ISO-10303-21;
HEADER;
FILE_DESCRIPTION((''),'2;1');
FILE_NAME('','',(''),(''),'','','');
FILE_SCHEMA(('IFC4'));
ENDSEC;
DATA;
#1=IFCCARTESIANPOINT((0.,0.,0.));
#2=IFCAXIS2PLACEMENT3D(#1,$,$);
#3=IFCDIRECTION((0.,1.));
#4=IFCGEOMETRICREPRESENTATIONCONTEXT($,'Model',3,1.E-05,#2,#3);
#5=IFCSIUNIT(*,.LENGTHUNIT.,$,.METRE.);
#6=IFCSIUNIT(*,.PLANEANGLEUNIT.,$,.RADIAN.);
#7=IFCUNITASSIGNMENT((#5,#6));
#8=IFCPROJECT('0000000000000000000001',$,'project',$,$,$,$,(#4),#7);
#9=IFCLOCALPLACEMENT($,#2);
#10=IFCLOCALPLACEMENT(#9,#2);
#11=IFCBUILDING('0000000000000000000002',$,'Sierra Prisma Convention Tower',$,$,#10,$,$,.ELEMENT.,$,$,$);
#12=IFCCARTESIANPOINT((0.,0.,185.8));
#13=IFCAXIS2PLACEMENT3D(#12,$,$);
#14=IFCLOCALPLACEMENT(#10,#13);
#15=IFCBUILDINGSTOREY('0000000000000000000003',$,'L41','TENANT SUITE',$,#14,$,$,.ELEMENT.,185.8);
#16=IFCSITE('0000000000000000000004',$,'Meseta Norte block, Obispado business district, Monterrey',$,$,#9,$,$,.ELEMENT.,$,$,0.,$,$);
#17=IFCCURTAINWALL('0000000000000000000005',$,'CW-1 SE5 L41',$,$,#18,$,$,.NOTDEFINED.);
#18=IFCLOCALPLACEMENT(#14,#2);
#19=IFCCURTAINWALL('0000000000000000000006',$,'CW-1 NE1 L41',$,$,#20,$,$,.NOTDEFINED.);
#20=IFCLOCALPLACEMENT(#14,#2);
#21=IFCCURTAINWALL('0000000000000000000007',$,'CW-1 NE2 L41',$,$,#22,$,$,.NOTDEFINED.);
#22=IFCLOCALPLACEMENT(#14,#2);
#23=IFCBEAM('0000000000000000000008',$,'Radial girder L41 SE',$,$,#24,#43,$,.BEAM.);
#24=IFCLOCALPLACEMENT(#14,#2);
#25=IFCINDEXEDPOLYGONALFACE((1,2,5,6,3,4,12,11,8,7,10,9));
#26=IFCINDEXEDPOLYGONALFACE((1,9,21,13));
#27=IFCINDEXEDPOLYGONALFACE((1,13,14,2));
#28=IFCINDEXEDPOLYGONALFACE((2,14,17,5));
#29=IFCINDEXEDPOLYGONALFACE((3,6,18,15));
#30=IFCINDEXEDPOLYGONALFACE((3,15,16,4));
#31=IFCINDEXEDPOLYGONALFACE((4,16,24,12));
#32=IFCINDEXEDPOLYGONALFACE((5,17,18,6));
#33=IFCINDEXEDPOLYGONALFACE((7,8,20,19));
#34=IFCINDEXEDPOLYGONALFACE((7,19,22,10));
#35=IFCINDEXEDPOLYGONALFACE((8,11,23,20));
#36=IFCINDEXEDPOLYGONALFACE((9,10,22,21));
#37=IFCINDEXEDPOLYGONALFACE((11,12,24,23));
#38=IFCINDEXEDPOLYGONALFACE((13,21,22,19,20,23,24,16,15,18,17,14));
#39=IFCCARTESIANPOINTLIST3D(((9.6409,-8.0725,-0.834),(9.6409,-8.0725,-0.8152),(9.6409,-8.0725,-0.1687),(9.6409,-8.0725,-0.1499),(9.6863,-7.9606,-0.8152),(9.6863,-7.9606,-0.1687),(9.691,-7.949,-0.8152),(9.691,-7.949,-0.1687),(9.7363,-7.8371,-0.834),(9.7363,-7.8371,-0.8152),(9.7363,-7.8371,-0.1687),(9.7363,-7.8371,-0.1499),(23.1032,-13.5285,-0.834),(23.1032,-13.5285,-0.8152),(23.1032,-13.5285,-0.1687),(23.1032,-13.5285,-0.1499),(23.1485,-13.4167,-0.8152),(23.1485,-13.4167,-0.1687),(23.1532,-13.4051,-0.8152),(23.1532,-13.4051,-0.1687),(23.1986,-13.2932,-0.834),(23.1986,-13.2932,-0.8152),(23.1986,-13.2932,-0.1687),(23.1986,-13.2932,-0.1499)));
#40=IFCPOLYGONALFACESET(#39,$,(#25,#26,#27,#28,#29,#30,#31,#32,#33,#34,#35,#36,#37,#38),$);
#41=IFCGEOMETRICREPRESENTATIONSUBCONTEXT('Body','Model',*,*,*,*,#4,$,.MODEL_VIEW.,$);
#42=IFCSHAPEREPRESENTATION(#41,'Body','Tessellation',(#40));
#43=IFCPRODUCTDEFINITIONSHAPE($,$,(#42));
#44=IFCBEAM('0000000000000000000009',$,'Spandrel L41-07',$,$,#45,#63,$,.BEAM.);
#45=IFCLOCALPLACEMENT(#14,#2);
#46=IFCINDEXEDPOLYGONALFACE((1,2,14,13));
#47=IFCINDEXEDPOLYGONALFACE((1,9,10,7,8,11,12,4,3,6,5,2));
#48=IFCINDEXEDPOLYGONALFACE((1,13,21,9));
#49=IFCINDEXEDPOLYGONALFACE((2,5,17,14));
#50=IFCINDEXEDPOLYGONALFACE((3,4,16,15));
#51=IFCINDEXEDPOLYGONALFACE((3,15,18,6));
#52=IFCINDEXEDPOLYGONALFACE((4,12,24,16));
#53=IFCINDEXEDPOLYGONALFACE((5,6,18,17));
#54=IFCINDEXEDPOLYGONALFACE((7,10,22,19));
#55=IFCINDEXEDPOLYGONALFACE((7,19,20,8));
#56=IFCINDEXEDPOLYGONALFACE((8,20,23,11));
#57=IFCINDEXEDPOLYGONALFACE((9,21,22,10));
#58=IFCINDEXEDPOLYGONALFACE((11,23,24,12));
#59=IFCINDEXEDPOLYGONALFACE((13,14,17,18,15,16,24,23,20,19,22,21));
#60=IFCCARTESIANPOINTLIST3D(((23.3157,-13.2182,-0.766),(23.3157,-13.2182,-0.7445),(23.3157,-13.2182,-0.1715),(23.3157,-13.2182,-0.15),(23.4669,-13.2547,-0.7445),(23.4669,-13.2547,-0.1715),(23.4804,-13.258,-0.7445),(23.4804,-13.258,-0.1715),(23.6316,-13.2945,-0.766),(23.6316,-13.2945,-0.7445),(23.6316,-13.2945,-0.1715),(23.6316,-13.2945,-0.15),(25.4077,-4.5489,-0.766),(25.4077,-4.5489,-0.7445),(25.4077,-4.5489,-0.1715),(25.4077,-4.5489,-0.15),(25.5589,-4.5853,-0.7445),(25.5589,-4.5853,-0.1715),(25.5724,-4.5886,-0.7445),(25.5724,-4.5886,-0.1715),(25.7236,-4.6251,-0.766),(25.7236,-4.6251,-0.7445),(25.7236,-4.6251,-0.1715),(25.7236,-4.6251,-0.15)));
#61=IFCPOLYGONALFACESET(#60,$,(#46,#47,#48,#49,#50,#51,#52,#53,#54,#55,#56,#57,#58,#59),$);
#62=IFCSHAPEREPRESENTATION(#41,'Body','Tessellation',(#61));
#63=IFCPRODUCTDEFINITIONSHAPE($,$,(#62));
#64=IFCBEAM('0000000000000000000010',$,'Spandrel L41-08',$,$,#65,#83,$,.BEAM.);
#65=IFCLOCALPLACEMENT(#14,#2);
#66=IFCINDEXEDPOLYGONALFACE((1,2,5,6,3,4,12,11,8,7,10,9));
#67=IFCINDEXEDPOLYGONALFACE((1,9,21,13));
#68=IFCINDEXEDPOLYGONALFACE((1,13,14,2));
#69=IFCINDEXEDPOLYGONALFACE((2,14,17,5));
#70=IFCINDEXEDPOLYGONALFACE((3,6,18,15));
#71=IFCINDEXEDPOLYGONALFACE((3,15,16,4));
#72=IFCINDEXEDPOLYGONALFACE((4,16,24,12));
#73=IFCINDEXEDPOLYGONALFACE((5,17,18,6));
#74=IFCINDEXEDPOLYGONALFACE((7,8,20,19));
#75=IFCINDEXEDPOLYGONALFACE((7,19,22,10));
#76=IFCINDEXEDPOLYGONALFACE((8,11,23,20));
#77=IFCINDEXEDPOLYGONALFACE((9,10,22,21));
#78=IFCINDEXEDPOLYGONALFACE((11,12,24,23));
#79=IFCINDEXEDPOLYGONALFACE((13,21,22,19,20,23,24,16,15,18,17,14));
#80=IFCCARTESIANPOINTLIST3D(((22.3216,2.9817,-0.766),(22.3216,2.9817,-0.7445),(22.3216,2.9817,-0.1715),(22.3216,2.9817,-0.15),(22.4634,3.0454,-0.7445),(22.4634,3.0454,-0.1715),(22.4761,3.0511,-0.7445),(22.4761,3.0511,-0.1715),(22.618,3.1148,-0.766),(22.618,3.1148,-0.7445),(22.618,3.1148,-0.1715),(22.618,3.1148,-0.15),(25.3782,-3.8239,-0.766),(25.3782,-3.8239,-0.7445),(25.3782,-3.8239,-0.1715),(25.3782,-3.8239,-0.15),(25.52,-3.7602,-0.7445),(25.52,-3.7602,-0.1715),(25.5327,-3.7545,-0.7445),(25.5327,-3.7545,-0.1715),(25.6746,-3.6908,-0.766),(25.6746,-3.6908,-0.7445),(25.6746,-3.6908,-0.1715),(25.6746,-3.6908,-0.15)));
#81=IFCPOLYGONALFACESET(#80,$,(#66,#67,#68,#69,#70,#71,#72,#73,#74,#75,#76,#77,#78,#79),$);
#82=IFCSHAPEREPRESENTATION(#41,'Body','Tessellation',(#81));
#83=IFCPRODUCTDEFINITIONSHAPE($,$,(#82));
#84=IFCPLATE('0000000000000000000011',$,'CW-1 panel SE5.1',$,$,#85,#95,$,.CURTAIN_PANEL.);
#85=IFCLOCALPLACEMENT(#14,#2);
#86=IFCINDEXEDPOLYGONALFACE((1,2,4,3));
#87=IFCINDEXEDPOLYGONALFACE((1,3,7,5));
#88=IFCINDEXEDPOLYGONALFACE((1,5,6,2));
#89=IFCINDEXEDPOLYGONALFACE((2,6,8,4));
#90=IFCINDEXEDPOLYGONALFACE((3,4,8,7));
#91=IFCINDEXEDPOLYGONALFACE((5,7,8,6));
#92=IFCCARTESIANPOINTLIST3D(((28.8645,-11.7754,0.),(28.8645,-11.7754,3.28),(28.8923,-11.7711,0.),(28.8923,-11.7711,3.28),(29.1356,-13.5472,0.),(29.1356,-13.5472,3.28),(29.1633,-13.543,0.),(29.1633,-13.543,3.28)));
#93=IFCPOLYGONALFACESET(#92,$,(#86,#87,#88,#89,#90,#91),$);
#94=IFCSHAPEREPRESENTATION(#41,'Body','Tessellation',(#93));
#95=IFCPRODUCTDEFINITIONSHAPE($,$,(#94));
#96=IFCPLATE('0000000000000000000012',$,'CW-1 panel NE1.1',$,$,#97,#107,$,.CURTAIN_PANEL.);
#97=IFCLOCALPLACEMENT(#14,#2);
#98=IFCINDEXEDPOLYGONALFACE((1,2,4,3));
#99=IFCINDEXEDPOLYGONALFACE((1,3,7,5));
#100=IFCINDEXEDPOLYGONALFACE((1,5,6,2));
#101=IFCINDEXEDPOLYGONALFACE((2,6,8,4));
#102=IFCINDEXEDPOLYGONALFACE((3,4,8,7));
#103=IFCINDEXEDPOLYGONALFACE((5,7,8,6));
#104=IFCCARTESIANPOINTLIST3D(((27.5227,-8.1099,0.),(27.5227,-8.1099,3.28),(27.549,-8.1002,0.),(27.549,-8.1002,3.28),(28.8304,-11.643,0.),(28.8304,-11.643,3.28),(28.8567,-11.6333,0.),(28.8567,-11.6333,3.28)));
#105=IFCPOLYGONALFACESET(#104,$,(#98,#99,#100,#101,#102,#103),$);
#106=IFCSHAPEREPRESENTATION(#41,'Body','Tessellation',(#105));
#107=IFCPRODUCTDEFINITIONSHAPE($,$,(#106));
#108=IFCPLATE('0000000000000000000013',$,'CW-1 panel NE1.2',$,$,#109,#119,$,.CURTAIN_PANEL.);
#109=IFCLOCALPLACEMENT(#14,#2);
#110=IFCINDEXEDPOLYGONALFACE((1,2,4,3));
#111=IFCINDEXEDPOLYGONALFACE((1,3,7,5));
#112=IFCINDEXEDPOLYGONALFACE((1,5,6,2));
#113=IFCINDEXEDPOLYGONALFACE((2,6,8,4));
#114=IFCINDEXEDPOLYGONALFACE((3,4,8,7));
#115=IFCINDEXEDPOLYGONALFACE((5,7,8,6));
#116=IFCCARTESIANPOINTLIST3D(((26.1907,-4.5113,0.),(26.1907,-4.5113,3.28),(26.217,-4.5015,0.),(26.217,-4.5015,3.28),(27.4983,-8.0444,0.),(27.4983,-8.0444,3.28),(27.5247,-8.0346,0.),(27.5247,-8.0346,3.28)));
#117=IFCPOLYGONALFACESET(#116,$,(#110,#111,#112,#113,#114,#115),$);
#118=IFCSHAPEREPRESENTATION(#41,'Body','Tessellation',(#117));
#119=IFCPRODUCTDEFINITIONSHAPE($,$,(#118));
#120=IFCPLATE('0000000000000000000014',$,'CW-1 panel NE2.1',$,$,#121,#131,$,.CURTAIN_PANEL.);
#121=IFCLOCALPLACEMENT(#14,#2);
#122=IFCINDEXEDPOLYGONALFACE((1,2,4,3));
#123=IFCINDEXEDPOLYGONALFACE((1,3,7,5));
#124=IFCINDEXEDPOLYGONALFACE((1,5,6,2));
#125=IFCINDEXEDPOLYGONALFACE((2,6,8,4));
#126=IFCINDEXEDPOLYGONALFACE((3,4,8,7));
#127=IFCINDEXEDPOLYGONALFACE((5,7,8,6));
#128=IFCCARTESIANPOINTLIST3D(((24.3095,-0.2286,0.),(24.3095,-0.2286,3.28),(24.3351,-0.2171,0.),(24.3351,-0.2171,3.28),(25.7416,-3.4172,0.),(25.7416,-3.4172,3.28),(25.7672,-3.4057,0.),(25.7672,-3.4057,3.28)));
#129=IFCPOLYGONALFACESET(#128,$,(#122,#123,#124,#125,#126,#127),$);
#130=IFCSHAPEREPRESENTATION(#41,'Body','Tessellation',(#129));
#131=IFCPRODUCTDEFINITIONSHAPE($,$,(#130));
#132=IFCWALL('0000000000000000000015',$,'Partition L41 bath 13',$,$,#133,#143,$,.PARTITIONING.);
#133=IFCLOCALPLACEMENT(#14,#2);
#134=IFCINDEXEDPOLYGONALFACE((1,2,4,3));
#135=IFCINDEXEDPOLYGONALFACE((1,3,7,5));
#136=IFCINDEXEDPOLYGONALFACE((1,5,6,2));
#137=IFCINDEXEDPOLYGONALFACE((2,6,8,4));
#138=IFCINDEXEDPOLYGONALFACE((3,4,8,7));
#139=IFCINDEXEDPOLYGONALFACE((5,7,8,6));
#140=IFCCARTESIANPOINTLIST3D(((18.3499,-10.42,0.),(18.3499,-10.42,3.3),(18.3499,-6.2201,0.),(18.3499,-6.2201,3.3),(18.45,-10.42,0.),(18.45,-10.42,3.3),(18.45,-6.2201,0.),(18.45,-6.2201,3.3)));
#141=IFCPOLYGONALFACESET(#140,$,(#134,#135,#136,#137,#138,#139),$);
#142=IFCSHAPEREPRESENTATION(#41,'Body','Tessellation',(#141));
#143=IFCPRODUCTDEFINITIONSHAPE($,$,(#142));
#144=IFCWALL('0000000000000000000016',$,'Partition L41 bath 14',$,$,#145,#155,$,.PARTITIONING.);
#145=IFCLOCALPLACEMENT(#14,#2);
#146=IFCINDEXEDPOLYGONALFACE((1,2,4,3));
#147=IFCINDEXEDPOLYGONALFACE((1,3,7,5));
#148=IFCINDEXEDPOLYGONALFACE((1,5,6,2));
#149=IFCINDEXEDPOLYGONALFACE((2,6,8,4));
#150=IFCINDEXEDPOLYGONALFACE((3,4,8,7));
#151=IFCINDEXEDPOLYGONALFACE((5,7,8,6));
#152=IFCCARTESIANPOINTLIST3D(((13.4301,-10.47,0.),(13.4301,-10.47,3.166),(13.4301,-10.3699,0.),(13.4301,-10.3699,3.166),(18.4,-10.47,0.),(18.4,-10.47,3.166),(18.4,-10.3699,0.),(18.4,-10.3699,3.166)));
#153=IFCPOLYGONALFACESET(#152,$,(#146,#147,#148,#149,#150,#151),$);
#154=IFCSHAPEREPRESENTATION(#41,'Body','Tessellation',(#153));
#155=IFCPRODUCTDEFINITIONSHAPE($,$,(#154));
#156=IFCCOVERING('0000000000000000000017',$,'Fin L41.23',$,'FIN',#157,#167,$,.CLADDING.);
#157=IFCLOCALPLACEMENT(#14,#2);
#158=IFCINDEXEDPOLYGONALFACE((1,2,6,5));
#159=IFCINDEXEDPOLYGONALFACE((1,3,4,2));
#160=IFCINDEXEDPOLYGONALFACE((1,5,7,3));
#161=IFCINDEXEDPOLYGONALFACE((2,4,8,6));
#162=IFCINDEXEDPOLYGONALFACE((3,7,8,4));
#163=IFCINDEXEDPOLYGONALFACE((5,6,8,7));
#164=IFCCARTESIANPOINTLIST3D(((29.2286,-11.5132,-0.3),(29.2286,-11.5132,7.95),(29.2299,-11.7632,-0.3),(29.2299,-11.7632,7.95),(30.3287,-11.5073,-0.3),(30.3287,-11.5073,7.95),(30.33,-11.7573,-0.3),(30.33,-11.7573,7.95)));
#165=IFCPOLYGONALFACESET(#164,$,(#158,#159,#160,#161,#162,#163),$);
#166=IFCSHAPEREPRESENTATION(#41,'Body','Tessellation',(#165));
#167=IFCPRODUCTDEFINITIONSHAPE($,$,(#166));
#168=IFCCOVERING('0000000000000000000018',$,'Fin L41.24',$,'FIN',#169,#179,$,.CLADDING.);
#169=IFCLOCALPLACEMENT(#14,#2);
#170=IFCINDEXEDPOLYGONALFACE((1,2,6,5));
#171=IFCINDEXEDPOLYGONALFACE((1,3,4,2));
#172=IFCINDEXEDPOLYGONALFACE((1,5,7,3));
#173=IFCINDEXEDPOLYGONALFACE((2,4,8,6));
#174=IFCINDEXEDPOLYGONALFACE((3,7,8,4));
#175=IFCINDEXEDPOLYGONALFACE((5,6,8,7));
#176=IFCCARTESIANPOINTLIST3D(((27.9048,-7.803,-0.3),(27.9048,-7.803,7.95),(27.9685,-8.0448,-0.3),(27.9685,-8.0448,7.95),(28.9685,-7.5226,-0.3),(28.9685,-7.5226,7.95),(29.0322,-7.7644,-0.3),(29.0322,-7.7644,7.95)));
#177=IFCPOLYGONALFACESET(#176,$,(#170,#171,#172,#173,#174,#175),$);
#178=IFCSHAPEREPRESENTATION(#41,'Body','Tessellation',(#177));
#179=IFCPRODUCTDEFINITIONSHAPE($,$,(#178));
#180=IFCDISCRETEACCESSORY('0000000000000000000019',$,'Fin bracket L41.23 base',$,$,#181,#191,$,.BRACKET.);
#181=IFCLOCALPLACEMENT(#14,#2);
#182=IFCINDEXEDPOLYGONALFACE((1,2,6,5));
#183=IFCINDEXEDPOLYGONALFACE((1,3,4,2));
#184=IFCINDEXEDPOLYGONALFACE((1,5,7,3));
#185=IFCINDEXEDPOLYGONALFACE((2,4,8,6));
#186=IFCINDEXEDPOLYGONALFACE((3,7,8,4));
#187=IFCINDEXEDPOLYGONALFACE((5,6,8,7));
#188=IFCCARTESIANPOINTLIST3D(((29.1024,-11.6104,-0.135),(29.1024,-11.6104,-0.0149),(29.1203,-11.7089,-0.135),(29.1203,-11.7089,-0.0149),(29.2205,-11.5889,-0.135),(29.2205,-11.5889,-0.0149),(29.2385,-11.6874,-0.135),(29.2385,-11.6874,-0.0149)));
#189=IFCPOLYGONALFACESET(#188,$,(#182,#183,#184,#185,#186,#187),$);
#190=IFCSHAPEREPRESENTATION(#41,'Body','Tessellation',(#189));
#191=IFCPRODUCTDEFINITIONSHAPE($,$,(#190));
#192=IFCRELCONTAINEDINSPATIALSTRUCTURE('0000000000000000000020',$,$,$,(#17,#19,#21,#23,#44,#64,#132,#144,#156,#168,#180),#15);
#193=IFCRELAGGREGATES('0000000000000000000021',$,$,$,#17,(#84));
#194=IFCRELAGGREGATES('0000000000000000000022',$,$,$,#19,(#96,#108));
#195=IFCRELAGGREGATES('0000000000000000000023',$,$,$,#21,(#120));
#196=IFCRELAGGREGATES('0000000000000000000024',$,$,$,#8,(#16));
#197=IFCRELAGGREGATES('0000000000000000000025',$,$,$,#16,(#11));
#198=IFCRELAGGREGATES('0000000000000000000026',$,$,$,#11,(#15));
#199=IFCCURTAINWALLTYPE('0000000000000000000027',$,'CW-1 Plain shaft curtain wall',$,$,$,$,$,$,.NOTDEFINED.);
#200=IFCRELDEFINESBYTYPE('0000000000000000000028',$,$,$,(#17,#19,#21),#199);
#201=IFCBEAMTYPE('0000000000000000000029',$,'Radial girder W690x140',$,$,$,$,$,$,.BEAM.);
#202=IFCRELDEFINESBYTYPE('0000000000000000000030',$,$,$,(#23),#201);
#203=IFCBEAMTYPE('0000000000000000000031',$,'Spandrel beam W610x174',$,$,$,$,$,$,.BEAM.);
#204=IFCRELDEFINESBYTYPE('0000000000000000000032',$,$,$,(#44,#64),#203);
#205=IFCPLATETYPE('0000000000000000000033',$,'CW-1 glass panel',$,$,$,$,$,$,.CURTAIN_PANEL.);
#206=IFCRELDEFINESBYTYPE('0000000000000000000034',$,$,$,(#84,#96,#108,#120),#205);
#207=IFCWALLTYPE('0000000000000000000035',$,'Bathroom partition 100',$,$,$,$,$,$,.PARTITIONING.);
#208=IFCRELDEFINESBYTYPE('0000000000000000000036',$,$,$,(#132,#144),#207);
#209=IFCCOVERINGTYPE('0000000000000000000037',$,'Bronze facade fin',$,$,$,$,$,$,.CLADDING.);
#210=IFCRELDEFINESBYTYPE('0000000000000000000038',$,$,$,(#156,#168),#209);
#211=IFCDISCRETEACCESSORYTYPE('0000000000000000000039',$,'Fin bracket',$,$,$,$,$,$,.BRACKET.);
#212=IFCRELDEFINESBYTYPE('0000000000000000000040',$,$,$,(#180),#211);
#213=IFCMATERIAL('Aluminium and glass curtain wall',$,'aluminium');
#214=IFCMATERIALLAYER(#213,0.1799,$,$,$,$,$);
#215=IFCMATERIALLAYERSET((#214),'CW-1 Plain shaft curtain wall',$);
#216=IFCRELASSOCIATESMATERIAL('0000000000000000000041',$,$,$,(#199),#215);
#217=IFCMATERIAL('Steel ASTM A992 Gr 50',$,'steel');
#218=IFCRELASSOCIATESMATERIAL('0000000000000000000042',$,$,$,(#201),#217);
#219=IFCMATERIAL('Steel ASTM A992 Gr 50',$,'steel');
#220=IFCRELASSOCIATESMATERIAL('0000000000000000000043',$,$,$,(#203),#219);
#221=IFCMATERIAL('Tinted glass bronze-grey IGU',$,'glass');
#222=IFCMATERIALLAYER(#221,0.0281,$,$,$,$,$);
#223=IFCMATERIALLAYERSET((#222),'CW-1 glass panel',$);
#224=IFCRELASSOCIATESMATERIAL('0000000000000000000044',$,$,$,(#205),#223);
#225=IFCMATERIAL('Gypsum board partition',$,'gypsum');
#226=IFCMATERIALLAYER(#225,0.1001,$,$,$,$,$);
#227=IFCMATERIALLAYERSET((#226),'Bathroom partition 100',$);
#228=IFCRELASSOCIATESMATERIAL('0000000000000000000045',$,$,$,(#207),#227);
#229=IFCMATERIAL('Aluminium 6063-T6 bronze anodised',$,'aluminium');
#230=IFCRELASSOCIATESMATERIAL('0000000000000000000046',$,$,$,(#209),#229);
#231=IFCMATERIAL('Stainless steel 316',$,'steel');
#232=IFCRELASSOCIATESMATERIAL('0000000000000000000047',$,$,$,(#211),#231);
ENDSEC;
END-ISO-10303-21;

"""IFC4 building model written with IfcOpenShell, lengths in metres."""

from ifc_helpers import new_model, si_unit, direction, frame, frame_2d, origin, origin_2d, place, context, subcontext, project, spatial, rectangle, i_section, extrude, material, layer, layer_set, material_profile, profile_set, type_object, element, aggregate, save


model = new_model("IFC4")

# Units and contexts
model_context = context("Model", 3, precision=1e-05, world=origin(), true_north=direction((0.0, 1.0)))
body_context = subcontext(model_context, "Body", "Model", "MODEL_VIEW")
ifc_project = project(units=[si_unit("LENGTHUNIT", "METRE"), si_unit("PLANEANGLEUNIT", "RADIAN")], contexts=[model_context])

# Site, building, storey
site_placement = place(None, origin())
site = spatial("IfcSite", under=ifc_project, at=site_placement, Name="Meseta Norte block, Obispado business district, Monterrey", CompositionType="ELEMENT", RefElevation=0.0)
building_placement = place(site_placement, origin())
building = spatial("IfcBuilding", under=site, at=building_placement, Name="Sierra Prisma Convention Tower", CompositionType="ELEMENT")
storey_placement = place(building_placement, frame((0.0, 0.0, 185.8)))
storey = spatial("IfcBuildingStorey", under=building, at=storey_placement, Name="L41", Description="TENANT SUITE", CompositionType="ELEMENT", Elevation=185.8)

# Curtain wall
ifc_material_1 = material(Name="Aluminium and glass curtain wall", Category="aluminium")
ifc_layer_1 = layer(ifc_material_1, 0.1799)
ifc_layer_set_1 = layer_set([ifc_layer_1], Name="CW-1 Plain shaft curtain wall")
curtain_wall_type = type_object("IfcCurtainWallType", Name="CW-1 Plain shaft curtain wall", PredefinedType="NOTDEFINED", material=ifc_layer_set_1)
curtain_wall_1_placement = place(storey_placement, origin())
curtain_wall_1 = element("IfcCurtainWall", 1, at=curtain_wall_1_placement, inside=storey, type_object=curtain_wall_type, Name="CW-1 SE5 L41", PredefinedType="NOTDEFINED")

# Curtain wall
curtain_wall_2_placement = place(storey_placement, origin())
curtain_wall_2 = element("IfcCurtainWall", 2, at=curtain_wall_2_placement, inside=storey, type_object=curtain_wall_type, Name="CW-1 NE1 L41", PredefinedType="NOTDEFINED")

# Curtain wall
curtain_wall_3_placement = place(storey_placement, origin())
curtain_wall_3 = element("IfcCurtainWall", 3, at=curtain_wall_3_placement, inside=storey, type_object=curtain_wall_type, Name="CW-1 NE2 L41", PredefinedType="NOTDEFINED")

# Beams
ifc_material_2 = material(Name="Steel ASTM A992 Gr 50", Category="steel")
ifc_material_profile_1 = material_profile(ifc_material_2, i_section(OverallWidth=0.2539, OverallDepth=0.6841, WebThickness=0.0125, FlangeThickness=0.0188, at=origin_2d()), Name="W690x140")
ifc_profile_set_1 = profile_set([ifc_material_profile_1], Name="Steel ASTM A992 Gr 50")
beam_type_1 = type_object("IfcBeamType", Name="Radial girder W690x140", PredefinedType="BEAM", material=ifc_profile_set_1)
beam_1_placement = place(storey_placement, frame((23.1509, -13.4109, -0.4919), z_axis=(-0.926777, 0.375612, 0.0), x_axis=(-0.375612, -0.926777, 0.0)))
element("IfcBeam", 4, at=beam_1_placement, inside=storey, type_object=beam_type_1, Name="Radial girder L41 SE", PredefinedType="BEAM", context=body_context, shape_type="SweptSolid", body=[
    extrude(i_section(OverallWidth=0.2539, OverallDepth=0.6841, WebThickness=0.0125, FlangeThickness=0.0188, at=origin_2d()), origin(), (0.0, 0.0, 1.0), 14.5259),
])
ifc_material_3 = material(Name="Steel ASTM A992 Gr 50", Category="steel")
ifc_material_profile_2 = material_profile(ifc_material_3, i_section(OverallWidth=0.325, OverallDepth=0.616, WebThickness=0.0139, FlangeThickness=0.0215, at=origin_2d()), Name="W610x174")
ifc_profile_set_2 = profile_set([ifc_material_profile_2], Name="Steel ASTM A992 Gr 50")
beam_type_2 = type_object("IfcBeamType", Name="Spandrel beam W610x174", PredefinedType="BEAM", material=ifc_profile_set_2)
beam_2_placement = place(storey_placement, frame((23.4736, -13.2563, -0.458), z_axis=(0.234579, 0.972097, 0.0), x_axis=(-0.972097, 0.234579, 0.0)))
element("IfcBeam", 5, at=beam_2_placement, inside=storey, type_object=beam_type_2, Name="Spandrel L41-07", PredefinedType="BEAM", context=body_context, shape_type="SweptSolid", body=[
    extrude(i_section(OverallWidth=0.325, OverallDepth=0.616, WebThickness=0.0139, FlangeThickness=0.0215, at=origin_2d()), origin(), (0.0, 0.0, 1.0), 8.9182),
])
beam_3_placement = place(storey_placement, frame((25.5264, -3.7573, -0.458), z_axis=(-0.409706, 0.912218, 0.0), x_axis=(-0.912218, -0.409706, 0.0)))
element("IfcBeam", 6, at=beam_3_placement, inside=storey, type_object=beam_type_2, Name="Spandrel L41-08", PredefinedType="BEAM", context=body_context, shape_type="SweptSolid", body=[
    extrude(i_section(OverallWidth=0.325, OverallDepth=0.616, WebThickness=0.0139, FlangeThickness=0.0215, at=origin_2d()), origin(), (0.0, 0.0, 1.0), 7.4604),
])

# Plates
ifc_material_4 = material(Name="Tinted glass bronze-grey IGU", Category="glass")
ifc_layer_2 = layer(ifc_material_4, 0.0281)
ifc_layer_set_2 = layer_set([ifc_layer_2], Name="CW-1 glass panel")
plate_type = type_object("IfcPlateType", Name="CW-1 glass panel", PredefinedType="CURTAIN_PANEL", material=ifc_layer_set_2)
plate_1_placement = place(storey_placement, frame((29.0139, -12.6592, 0.0), z_axis=(0.0, 0.0, 1.0), x_axis=(-0.151224, 0.9885, 0.0)))
plate_1 = element("IfcPlate", 7, at=plate_1_placement, type_object=plate_type, Name="CW-1 panel SE5.1", PredefinedType="CURTAIN_PANEL", context=body_context, shape_type="SweptSolid", body=[
    extrude(rectangle(XDim=1.7925, YDim=0.0281, at=origin_2d()), origin(), (0.0, 0.0, 1.0), 3.28),
])
aggregate(curtain_wall_1, [plate_1])
plate_2_placement = place(storey_placement, frame((28.1897, -9.8716, 0.0), z_axis=(0.0, 0.0, 1.0), x_axis=(-0.347104, 0.937827, 0.0)))
plate_2 = element("IfcPlate", 8, at=plate_2_placement, type_object=plate_type, Name="CW-1 panel NE1.1", PredefinedType="CURTAIN_PANEL", context=body_context, shape_type="SweptSolid", body=[
    extrude(rectangle(XDim=3.7673, YDim=0.0281, at=origin_2d()), origin(), (0.0, 0.0, 1.0), 3.28),
])
plate_3_placement = place(storey_placement, frame((26.8577, -6.2729, 0.0), z_axis=(0.0, 0.0, 1.0), x_axis=(-0.347104, 0.937827, 0.0)))
plate_3 = element("IfcPlate", 9, at=plate_3_placement, type_object=plate_type, Name="CW-1 panel NE1.2", PredefinedType="CURTAIN_PANEL", context=body_context, shape_type="SweptSolid", body=[
    extrude(rectangle(XDim=3.7673, YDim=0.0281, at=origin_2d()), origin(), (0.0, 0.0, 1.0), 3.28),
])
aggregate(curtain_wall_2, [plate_2, plate_3])
plate_4_placement = place(storey_placement, frame((25.0383, -1.8171, 0.0), z_axis=(0.0, 0.0, 1.0), x_axis=(-0.409703, 0.912219, 0.0)))
plate_4 = element("IfcPlate", 10, at=plate_4_placement, type_object=plate_type, Name="CW-1 panel NE2.1", PredefinedType="CURTAIN_PANEL", context=body_context, shape_type="SweptSolid", body=[
    extrude(rectangle(XDim=3.4954, YDim=0.0281, at=origin_2d()), origin(), (0.0, 0.0, 1.0), 3.28),
])
aggregate(curtain_wall_3, [plate_4])

# Walls
ifc_material_5 = material(Name="Gypsum board partition", Category="gypsum")
ifc_layer_3 = layer(ifc_material_5, 0.1001)
ifc_layer_set_3 = layer_set([ifc_layer_3], Name="Bathroom partition 100")
wall_type = type_object("IfcWallType", Name="Bathroom partition 100", PredefinedType="PARTITIONING", material=ifc_layer_set_3)
wall_1_placement = place(storey_placement, frame((18.3999, -6.22, 0.0), z_axis=(0.0, 0.0, 1.0), x_axis=(0.0, -1.0, 0.0)))
element("IfcWall", 11, at=wall_1_placement, inside=storey, type_object=wall_type, Name="Partition L41 bath 13", PredefinedType="PARTITIONING", context=body_context, shape_type="SweptSolid", body=[
    extrude(rectangle(XDim=4.2, YDim=0.1001, at=frame_2d((2.1001, 0.0))), origin(), (0.0, 0.0, 1.0), 3.3),
])
wall_2_placement = place(storey_placement, frame((18.3999, -10.4199, 0.0), z_axis=(0.0, 0.0, 1.0), x_axis=(-1.0, 0.0, 0.0)))
element("IfcWall", 12, at=wall_2_placement, inside=storey, type_object=wall_type, Name="Partition L41 bath 14", PredefinedType="PARTITIONING", context=body_context, shape_type="SweptSolid", body=[
    extrude(rectangle(XDim=4.97, YDim=0.1001, at=frame_2d((2.4849, 0.0))), origin(), (0.0, 0.0, 1.0), 3.166),
])

# Coverings
ifc_material_6 = material(Name="Aluminium 6063-T6 bronze anodised", Category="aluminium")
ifc_material_profile_3 = material_profile(ifc_material_6, rectangle(XDim=1.1001, YDim=0.25, at=origin_2d()), Name="ALU FIN 1100x250")
ifc_profile_set_3 = profile_set([ifc_material_profile_3], Name="Aluminium 6063-T6 bronze anodised")
covering_type = type_object("IfcCoveringType", Name="Bronze facade fin", PredefinedType="CLADDING", material=ifc_profile_set_3)
for number, where, z_axis, x_axis, name in (
    (13, (29.7793, -11.6353, -0.3), (0.0, 0.0, 1.0), (0.999985, 0.005415, 0.0), "Fin L41.23"),
    (14, (28.4685, -7.7837, -0.3), (0.0, 0.0, 1.0), (0.966967, 0.2549, 0.0), "Fin L41.24"),
):
    element("IfcCovering", number, at=place(storey_placement, frame(where, z_axis=z_axis, x_axis=x_axis)), inside=storey, type_object=covering_type, Name=name, ObjectType="FIN", PredefinedType="CLADDING", context=body_context, shape_type="SweptSolid", body=[
        extrude(rectangle(XDim=1.1001, YDim=0.25, at=origin_2d()), origin(), (0.0, 0.0, 1.0), 8.25),
    ])

# Discrete accessory
ifc_material_7 = material(Name="Stainless steel 316", Category="steel")
discrete_accessory_type = type_object("IfcDiscreteAccessoryType", Name="Fin bracket", PredefinedType="BRACKET", material=ifc_material_7)
for number, where, z_axis, x_axis, name in (
    (15, (29.1704, -11.6489, -0.135), (0.0, 0.0, 1.0), (0.983853, 0.178979, 0.0), "Fin bracket L41.23 base"),
):
    element("IfcDiscreteAccessory", number, at=place(storey_placement, frame(where, z_axis=z_axis, x_axis=x_axis)), inside=storey, type_object=discrete_accessory_type, Name=name, PredefinedType="BRACKET", context=body_context, shape_type="SweptSolid", body=[
        extrude(rectangle(XDim=0.1201, YDim=0.1001, at=origin_2d()), origin(), (0.0, 0.0, 1.0), 0.1201),
    ])

save(model, "model.ifc")
